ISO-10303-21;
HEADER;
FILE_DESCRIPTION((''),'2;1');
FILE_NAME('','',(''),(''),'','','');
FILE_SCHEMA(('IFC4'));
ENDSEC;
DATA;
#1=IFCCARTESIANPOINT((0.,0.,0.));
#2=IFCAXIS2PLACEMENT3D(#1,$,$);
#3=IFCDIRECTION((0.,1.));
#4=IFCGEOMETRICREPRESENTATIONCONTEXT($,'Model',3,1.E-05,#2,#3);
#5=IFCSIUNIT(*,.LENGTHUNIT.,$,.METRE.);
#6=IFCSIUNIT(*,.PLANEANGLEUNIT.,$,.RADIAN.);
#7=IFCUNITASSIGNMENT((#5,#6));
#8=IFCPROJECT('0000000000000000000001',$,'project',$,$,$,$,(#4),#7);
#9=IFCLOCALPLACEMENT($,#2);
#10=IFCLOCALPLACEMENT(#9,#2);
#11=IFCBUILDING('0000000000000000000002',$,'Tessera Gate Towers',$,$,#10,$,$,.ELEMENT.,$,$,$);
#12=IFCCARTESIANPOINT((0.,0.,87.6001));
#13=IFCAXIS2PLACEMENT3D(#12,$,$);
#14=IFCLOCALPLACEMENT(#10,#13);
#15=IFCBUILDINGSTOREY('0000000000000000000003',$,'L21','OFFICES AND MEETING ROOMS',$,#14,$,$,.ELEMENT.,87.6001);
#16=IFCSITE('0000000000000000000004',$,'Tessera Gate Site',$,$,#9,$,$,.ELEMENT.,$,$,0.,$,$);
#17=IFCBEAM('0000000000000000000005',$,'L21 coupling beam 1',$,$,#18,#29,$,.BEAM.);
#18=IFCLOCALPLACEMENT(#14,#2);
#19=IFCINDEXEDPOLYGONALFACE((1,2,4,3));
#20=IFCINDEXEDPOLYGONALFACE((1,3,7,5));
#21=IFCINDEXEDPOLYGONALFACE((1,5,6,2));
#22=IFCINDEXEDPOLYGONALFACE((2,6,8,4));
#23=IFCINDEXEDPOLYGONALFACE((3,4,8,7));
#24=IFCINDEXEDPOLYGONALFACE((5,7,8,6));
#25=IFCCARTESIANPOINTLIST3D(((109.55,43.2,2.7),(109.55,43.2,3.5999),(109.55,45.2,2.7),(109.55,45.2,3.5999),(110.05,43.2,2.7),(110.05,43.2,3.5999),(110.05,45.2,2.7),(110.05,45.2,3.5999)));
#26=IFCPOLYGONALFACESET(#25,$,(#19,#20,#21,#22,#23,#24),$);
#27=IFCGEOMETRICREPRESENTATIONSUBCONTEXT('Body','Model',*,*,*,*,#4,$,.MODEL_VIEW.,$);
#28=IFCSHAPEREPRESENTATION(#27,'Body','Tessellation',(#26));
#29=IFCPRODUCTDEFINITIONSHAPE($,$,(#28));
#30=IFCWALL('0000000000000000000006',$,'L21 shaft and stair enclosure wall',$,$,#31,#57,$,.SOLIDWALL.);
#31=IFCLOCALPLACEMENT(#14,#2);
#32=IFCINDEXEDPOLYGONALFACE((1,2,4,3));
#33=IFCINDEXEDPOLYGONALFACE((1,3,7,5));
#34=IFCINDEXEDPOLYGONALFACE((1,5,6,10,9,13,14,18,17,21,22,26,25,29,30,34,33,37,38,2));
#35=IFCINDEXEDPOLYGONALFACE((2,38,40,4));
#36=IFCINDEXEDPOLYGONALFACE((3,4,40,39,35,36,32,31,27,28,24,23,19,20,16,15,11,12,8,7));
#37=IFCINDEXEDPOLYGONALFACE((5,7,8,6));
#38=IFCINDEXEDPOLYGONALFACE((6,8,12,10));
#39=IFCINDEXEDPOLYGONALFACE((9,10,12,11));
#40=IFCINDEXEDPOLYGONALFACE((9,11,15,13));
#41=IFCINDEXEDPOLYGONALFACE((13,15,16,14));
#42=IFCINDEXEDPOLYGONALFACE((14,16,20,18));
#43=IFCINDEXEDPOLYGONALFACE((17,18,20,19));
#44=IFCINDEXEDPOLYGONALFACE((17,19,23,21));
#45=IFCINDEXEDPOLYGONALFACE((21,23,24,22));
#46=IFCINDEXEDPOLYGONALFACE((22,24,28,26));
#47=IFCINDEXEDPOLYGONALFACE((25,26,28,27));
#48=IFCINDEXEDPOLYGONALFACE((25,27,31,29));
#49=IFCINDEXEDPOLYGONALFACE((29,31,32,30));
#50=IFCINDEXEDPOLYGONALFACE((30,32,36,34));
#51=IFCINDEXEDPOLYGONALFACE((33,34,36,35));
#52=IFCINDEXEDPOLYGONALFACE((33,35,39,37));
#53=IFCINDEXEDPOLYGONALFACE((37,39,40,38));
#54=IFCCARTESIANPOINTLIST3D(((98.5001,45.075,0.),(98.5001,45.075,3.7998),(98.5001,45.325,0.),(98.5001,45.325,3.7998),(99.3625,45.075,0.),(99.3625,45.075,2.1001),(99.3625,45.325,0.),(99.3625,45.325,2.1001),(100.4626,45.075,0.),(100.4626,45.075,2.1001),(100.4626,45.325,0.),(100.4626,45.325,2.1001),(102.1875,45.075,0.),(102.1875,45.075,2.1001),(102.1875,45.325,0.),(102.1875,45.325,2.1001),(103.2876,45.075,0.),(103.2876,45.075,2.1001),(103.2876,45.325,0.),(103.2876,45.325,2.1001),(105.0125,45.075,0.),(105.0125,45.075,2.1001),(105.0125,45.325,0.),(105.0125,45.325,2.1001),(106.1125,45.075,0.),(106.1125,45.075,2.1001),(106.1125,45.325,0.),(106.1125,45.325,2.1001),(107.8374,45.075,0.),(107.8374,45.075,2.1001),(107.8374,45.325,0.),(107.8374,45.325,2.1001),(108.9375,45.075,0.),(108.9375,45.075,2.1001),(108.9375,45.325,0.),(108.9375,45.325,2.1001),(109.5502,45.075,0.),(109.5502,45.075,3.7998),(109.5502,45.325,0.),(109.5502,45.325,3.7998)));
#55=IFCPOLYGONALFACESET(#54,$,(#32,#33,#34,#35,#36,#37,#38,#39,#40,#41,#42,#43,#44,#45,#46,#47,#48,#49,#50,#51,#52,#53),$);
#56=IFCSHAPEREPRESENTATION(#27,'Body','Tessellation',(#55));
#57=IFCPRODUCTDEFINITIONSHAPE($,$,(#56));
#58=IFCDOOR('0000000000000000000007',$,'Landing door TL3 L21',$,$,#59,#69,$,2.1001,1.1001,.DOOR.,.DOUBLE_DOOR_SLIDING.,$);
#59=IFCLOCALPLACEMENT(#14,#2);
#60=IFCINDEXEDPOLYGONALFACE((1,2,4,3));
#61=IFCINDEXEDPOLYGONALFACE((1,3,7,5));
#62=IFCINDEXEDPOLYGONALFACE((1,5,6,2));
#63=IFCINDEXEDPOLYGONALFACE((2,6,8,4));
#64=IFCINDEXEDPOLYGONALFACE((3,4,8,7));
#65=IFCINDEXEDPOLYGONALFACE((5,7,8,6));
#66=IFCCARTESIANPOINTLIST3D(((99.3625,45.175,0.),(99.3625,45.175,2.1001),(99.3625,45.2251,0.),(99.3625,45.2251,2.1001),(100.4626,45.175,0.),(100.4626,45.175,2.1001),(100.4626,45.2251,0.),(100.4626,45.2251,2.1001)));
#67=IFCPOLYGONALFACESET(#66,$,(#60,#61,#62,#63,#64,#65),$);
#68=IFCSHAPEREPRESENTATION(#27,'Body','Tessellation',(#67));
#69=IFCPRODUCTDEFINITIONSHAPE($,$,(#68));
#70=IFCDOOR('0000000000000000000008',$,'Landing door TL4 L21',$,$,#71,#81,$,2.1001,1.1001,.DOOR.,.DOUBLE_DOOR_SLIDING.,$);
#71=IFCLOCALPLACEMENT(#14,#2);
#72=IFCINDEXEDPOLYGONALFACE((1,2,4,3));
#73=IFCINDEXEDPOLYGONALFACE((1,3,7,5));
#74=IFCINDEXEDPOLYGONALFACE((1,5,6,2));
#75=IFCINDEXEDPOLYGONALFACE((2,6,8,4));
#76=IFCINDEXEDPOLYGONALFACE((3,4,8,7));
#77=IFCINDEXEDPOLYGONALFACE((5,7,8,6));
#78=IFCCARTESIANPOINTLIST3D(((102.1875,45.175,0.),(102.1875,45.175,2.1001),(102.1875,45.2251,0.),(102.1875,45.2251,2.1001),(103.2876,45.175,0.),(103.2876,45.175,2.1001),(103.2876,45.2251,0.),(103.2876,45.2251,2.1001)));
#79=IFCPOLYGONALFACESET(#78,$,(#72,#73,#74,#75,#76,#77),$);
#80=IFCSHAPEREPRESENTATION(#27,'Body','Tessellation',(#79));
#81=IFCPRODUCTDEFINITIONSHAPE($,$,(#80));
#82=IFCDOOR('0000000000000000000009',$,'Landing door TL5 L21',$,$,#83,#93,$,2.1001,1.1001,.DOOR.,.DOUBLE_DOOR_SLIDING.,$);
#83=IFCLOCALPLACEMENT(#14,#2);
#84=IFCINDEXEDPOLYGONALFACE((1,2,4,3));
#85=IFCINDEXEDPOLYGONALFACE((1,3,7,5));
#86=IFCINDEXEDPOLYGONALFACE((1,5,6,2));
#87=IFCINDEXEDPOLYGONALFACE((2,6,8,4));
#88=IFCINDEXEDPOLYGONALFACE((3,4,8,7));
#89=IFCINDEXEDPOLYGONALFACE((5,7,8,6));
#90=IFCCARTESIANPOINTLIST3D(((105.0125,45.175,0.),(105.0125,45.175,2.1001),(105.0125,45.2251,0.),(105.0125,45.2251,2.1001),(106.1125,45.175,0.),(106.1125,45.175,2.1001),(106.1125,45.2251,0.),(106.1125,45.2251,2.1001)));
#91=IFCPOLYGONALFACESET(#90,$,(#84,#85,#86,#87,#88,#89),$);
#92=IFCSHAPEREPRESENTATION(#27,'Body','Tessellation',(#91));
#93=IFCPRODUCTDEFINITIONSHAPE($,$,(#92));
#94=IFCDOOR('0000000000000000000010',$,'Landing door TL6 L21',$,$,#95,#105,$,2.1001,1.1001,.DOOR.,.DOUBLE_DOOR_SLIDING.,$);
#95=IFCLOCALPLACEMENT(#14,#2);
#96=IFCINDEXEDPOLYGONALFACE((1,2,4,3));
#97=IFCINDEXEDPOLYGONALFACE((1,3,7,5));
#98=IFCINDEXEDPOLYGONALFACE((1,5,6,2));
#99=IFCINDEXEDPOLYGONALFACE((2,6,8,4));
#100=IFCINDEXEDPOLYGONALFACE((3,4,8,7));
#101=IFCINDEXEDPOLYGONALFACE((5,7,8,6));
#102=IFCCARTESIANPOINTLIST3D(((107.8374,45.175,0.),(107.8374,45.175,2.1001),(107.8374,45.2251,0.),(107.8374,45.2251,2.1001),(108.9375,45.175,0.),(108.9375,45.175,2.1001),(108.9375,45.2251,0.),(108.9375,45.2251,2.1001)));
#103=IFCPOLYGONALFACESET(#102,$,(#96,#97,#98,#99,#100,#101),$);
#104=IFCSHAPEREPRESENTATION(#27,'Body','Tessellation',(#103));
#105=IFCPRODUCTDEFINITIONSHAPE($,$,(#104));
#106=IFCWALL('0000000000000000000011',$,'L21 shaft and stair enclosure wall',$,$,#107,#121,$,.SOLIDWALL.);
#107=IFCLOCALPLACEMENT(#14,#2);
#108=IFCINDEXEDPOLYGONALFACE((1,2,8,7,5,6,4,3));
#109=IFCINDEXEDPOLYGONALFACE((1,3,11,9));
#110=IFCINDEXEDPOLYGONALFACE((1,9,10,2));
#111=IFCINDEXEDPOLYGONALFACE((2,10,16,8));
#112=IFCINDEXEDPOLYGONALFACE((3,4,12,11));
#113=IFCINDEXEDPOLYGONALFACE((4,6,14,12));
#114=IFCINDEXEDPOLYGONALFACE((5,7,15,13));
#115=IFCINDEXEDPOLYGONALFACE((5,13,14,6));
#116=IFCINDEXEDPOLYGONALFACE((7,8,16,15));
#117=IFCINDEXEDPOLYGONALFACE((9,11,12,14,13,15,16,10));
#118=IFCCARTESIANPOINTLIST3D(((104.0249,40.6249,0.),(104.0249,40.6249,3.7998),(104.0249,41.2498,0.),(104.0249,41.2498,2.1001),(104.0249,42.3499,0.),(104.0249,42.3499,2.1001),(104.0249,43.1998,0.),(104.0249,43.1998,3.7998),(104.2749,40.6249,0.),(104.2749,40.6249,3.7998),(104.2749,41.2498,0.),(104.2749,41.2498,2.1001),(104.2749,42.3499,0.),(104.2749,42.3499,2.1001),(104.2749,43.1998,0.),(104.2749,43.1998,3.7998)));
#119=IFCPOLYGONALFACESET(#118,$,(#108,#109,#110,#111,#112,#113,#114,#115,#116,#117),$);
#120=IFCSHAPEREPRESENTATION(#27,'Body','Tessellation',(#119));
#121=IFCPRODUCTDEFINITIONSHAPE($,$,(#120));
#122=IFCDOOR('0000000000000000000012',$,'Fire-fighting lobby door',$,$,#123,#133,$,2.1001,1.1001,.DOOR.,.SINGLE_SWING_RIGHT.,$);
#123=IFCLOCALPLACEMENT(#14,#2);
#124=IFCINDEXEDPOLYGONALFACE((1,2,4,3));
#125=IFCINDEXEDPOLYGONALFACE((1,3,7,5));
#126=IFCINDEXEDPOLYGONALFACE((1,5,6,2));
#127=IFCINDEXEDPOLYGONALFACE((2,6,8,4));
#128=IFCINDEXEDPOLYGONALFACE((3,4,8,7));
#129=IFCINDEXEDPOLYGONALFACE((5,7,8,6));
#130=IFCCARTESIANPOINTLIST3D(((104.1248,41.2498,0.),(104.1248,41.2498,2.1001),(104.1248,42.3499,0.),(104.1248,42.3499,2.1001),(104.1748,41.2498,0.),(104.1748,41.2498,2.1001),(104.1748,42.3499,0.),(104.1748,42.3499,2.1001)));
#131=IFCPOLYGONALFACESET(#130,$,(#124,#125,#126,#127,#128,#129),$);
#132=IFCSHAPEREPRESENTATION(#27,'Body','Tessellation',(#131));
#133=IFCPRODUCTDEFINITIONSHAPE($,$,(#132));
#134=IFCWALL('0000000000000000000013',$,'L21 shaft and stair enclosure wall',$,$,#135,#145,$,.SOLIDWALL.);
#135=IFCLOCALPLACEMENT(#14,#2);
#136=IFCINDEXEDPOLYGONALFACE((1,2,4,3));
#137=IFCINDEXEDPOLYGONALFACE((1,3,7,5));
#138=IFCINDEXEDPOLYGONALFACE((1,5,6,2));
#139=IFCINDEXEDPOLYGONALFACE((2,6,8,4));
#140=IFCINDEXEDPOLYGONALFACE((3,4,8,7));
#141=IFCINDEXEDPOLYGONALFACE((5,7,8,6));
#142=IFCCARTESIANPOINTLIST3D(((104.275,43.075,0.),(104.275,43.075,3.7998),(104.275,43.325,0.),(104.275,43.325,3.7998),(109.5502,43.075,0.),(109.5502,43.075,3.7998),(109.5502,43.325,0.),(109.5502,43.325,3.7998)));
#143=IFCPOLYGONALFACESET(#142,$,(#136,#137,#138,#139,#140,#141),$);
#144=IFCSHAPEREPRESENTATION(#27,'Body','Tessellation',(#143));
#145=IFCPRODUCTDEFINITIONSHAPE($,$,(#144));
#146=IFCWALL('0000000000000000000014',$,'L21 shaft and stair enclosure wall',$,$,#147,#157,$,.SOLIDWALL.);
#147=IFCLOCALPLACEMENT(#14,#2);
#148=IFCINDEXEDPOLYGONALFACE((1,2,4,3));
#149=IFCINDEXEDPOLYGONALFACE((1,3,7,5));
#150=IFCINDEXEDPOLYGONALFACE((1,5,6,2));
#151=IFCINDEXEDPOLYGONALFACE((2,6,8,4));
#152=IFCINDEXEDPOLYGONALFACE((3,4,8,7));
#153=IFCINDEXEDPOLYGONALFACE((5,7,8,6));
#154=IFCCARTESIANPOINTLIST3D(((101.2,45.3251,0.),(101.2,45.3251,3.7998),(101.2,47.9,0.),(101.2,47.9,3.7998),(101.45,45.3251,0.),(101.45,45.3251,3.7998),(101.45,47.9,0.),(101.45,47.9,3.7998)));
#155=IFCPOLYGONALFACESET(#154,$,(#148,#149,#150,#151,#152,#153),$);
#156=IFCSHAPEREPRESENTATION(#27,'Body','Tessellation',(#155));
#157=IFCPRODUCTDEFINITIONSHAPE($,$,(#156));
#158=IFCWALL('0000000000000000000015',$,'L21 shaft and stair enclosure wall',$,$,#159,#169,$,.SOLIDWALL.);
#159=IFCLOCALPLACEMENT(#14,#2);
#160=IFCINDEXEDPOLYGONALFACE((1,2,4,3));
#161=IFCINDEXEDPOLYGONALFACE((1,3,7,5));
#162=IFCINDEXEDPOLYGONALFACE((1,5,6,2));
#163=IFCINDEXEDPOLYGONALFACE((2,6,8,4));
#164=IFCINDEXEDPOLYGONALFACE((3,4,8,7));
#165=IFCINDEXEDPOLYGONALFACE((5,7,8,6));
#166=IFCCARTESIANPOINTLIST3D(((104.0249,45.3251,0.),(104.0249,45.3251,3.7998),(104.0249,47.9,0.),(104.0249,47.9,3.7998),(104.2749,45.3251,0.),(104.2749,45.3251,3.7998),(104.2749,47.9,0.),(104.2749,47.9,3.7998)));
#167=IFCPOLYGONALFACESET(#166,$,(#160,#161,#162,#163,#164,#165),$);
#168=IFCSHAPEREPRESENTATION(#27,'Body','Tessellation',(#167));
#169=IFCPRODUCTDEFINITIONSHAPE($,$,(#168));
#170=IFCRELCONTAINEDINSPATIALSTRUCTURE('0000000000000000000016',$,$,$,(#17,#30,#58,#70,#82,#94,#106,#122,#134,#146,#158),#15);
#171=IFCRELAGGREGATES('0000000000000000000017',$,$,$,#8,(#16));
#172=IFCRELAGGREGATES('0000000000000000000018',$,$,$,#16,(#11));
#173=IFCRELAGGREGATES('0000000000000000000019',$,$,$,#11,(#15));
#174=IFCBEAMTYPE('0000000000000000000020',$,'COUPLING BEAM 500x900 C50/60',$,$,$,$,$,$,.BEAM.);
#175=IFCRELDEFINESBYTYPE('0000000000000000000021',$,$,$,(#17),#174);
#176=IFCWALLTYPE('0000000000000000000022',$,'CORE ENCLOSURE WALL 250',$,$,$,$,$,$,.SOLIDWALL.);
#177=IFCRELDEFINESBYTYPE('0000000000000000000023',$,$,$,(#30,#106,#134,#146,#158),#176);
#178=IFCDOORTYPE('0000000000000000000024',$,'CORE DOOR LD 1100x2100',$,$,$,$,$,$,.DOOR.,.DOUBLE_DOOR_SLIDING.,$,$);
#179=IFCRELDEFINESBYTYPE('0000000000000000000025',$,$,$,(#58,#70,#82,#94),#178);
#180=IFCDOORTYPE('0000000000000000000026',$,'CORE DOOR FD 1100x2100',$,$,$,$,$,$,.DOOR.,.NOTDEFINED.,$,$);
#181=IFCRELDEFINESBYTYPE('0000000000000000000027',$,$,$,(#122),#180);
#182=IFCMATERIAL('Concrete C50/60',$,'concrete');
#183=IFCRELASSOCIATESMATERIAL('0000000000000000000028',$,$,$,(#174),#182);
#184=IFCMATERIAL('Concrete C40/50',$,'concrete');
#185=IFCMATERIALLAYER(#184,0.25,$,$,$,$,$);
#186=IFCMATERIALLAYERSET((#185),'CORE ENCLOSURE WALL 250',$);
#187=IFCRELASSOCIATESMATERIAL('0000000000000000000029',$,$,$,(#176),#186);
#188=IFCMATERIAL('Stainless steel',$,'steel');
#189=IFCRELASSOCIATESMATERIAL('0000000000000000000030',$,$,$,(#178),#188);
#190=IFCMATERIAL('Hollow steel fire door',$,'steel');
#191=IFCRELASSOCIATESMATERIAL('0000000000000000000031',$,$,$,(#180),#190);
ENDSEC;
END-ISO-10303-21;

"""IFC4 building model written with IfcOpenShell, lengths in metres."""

from ifc_helpers import new_model, si_unit, direction, frame, frame_2d, origin, origin_2d, place, context, subcontext, project, spatial, rectangle, extrude, source, transform, mapped, material, layer, layer_set, material_profile, profile_set, type_object, element, fill, save


model = new_model("IFC4")

# Units and contexts
model_context = context("Model", 3, precision=1e-05, world=origin(), true_north=direction((0.0, 1.0)))
body_context = subcontext(model_context, "Body", "Model", "MODEL_VIEW")
ifc_project = project(units=[si_unit("LENGTHUNIT", "METRE"), si_unit("PLANEANGLEUNIT", "RADIAN")], contexts=[model_context])

# Site, building, storey
site_placement = place(None, origin())
site = spatial("IfcSite", under=ifc_project, at=site_placement, Name="Tessera Gate Site", CompositionType="ELEMENT", RefElevation=0.0)
building_placement = place(site_placement, origin())
building = spatial("IfcBuilding", under=site, at=building_placement, Name="Tessera Gate Towers", CompositionType="ELEMENT")
storey_placement = place(building_placement, frame((0.0, 0.0, 87.6001)))
storey = spatial("IfcBuildingStorey", under=building, at=storey_placement, Name="L21", Description="OFFICES AND MEETING ROOMS", CompositionType="ELEMENT", Elevation=87.6001)

# Beam
ifc_material_1 = material(Name="Concrete C50/60", Category="concrete")
ifc_material_profile = material_profile(ifc_material_1, rectangle(XDim=0.5, YDim=0.8999, at=origin_2d()), Name="RC 500x900")
ifc_profile_set = profile_set([ifc_material_profile], Name="Concrete C50/60")
beam_type = type_object("IfcBeamType", Name="COUPLING BEAM 500x900 C50/60", PredefinedType="BEAM", material=ifc_profile_set)
beam_placement = place(storey_placement, frame((109.8, 43.2, 3.1499), z_axis=(0.0, 1.0, 0.0), x_axis=(-1.0, 0.0, 0.0)))
element("IfcBeam", 1, at=beam_placement, inside=storey, type_object=beam_type, Name="L21 coupling beam 1", PredefinedType="BEAM", context=body_context, shape_type="SweptSolid", body=[
    extrude(rectangle(XDim=0.5, YDim=0.8999, at=origin_2d()), origin(), (0.0, 0.0, 1.0), 2.0),
])

# Wall, openings, doors
ifc_material_2 = material(Name="Concrete C40/50", Category="concrete")
ifc_layer_1 = layer(ifc_material_2, 0.25)
ifc_layer_set_1 = layer_set([ifc_layer_1], Name="CORE ENCLOSURE WALL 250")
wall_type_1 = type_object("IfcWallType", Name="CORE ENCLOSURE WALL 250", PredefinedType="SOLIDWALL", material=ifc_layer_set_1)
wall_1_placement = place(storey_placement, frame((109.55, 45.2, 0.0), z_axis=(0.0, 0.0, 1.0), x_axis=(-1.0, 0.0, 0.0)))
wall_1 = element("IfcWall", 2, at=wall_1_placement, inside=storey, type_object=wall_type_1, Name="L21 shaft and stair enclosure wall", PredefinedType="SOLIDWALL", context=body_context, shape_type="SweptSolid", body=[
    extrude(rectangle(XDim=11.05, YDim=0.25, at=frame_2d((5.5249, 0.0))), origin(), (0.0, 0.0, 1.0), 3.7998),
])
shared_shape_1 = source(origin(), body_context, "Body", "SweptSolid", [
    extrude(rectangle(XDim=1.1001, YDim=2.1001, at=frame_2d((0.55, 1.05))), frame((0.0, 0.135, 0.0), z_axis=(0.0, -1.0, 0.0), x_axis=(1.0, 0.0, 0.0)), (0.0, 0.0, 1.0), 0.27),
])
opening_1_placement = place(wall_1_placement, frame((9.0874, 0.0, 0.0)))
opening_1 = element("IfcOpeningElement", 3, at=opening_1_placement, cuts=wall_1, PredefinedType="OPENING", context=body_context, shape_type="MappedRepresentation", body=[
    mapped(shared_shape_1, transform((0.0, 0.0, 0.0), scale=1.0)),
])
opening_2_placement = place(wall_1_placement, frame((6.2625, 0.0, 0.0)))
opening_2 = element("IfcOpeningElement", 4, at=opening_2_placement, cuts=wall_1, PredefinedType="OPENING", context=body_context, shape_type="MappedRepresentation", body=[
    mapped(shared_shape_1, transform((0.0, 0.0, 0.0), scale=1.0)),
])
opening_3_placement = place(wall_1_placement, frame((3.4375, 0.0, 0.0)))
opening_3 = element("IfcOpeningElement", 5, at=opening_3_placement, cuts=wall_1, PredefinedType="OPENING", context=body_context, shape_type="MappedRepresentation", body=[
    mapped(shared_shape_1, transform((0.0, 0.0, 0.0), scale=1.0)),
])
opening_4_placement = place(wall_1_placement, frame((0.6125, 0.0, 0.0)))
opening_4 = element("IfcOpeningElement", 6, at=opening_4_placement, cuts=wall_1, PredefinedType="OPENING", context=body_context, shape_type="MappedRepresentation", body=[
    mapped(shared_shape_1, transform((0.0, 0.0, 0.0), scale=1.0)),
])
ifc_material_3 = material(Name="Stainless steel", Category="steel")
door_type_1 = type_object("IfcDoorType", Name="CORE DOOR LD 1100x2100", OperationType="DOUBLE_DOOR_SLIDING", PredefinedType="DOOR", material=ifc_material_3)
shared_shape_2 = source(origin(), body_context, "Body", "SweptSolid", [
    extrude(rectangle(XDim=1.1001, YDim=2.1001, at=frame_2d((0.55, 1.05))), frame((0.0, 0.0249, 0.0), z_axis=(0.0, -1.0, 0.0), x_axis=(1.0, 0.0, 0.0)), (0.0, 0.0, 1.0), 0.05),
])
door_1_placement = place(opening_1_placement, origin())
door_1 = element("IfcDoor", 7, at=door_1_placement, inside=storey, type_object=door_type_1, Name="Landing door TL3 L21", OperationType="DOUBLE_DOOR_SLIDING", OverallHeight=2.1001, OverallWidth=1.1001, PredefinedType="DOOR", context=body_context, shape_type="MappedRepresentation", body=[
    mapped(shared_shape_2, transform((0.0, 0.0, 0.0), scale=1.0)),
])
fill(opening_1, door_1)
door_2_placement = place(opening_2_placement, origin())
door_2 = element("IfcDoor", 8, at=door_2_placement, inside=storey, type_object=door_type_1, Name="Landing door TL4 L21", OperationType="DOUBLE_DOOR_SLIDING", OverallHeight=2.1001, OverallWidth=1.1001, PredefinedType="DOOR", context=body_context, shape_type="MappedRepresentation", body=[
    mapped(shared_shape_2, transform((0.0, 0.0, 0.0), scale=1.0)),
])
fill(opening_2, door_2)
door_3_placement = place(opening_3_placement, origin())
door_3 = element("IfcDoor", 9, at=door_3_placement, inside=storey, type_object=door_type_1, Name="Landing door TL5 L21", OperationType="DOUBLE_DOOR_SLIDING", OverallHeight=2.1001, OverallWidth=1.1001, PredefinedType="DOOR", context=body_context, shape_type="MappedRepresentation", body=[
    mapped(shared_shape_2, transform((0.0, 0.0, 0.0), scale=1.0)),
])
fill(opening_3, door_3)
door_4_placement = place(opening_4_placement, origin())
door_4 = element("IfcDoor", 10, at=door_4_placement, inside=storey, type_object=door_type_1, Name="Landing door TL6 L21", OperationType="DOUBLE_DOOR_SLIDING", OverallHeight=2.1001, OverallWidth=1.1001, PredefinedType="DOOR", context=body_context, shape_type="MappedRepresentation", body=[
    mapped(shared_shape_2, transform((0.0, 0.0, 0.0), scale=1.0)),
])
fill(opening_4, door_4)

# Wall, opening, door
wall_2_placement = place(storey_placement, frame((104.1499, 43.2, 0.0), z_axis=(0.0, 0.0, 1.0), x_axis=(0.0, -1.0, 0.0)))
wall_2 = element("IfcWall", 11, at=wall_2_placement, inside=storey, type_object=wall_type_1, Name="L21 shaft and stair enclosure wall", PredefinedType="SOLIDWALL", context=body_context, shape_type="SweptSolid", body=[
    extrude(rectangle(XDim=2.575, YDim=0.25, at=frame_2d((1.2876, 0.0))), origin(), (0.0, 0.0, 1.0), 3.7998),
])
opening_5_placement = place(wall_2_placement, frame((0.8501, 0.0, 0.0)))
opening_5 = element("IfcOpeningElement", 12, at=opening_5_placement, cuts=wall_2, PredefinedType="OPENING", context=body_context, shape_type="MappedRepresentation", body=[
    mapped(shared_shape_1, transform((0.0, 0.0, 0.0), scale=1.0)),
])
ifc_material_4 = material(Name="Hollow steel fire door", Category="steel")
door_type_2 = type_object("IfcDoorType", Name="CORE DOOR FD 1100x2100", OperationType="NOTDEFINED", PredefinedType="DOOR", material=ifc_material_4)
door_5_placement = place(opening_5_placement, origin())
door_5 = element("IfcDoor", 13, at=door_5_placement, inside=storey, type_object=door_type_2, Name="Fire-fighting lobby door", OperationType="SINGLE_SWING_RIGHT", OverallHeight=2.1001, OverallWidth=1.1001, PredefinedType="DOOR", context=body_context, shape_type="MappedRepresentation", body=[
    mapped(shared_shape_2, transform((0.0, 0.0, 0.0), scale=1.0)),
])
fill(opening_5, door_5)

# Walls
wall_3_placement = place(storey_placement, frame((104.2749, 43.2, 0.0), z_axis=(0.0, 0.0, 1.0), x_axis=(1.0, 0.0, 0.0)))
element("IfcWall", 14, at=wall_3_placement, inside=storey, type_object=wall_type_1, Name="L21 shaft and stair enclosure wall", PredefinedType="SOLIDWALL", context=body_context, shape_type="SweptSolid", body=[
    extrude(rectangle(XDim=5.2751, YDim=0.25, at=frame_2d((2.6377, 0.0))), origin(), (0.0, 0.0, 1.0), 3.7998),
])
for number, where, z_axis, x_axis, name in (
    (15, (101.325, 45.325, 0.0), (0.0, 0.0, 1.0), (0.0, 1.0, 0.0), "L21 shaft and stair enclosure wall"),
    (16, (104.1499, 45.325, 0.0), (0.0, 0.0, 1.0), (0.0, 1.0, 0.0), "L21 shaft and stair enclosure wall"),
):
    element("IfcWall", number, at=place(storey_placement, frame(where, z_axis=z_axis, x_axis=x_axis)), inside=storey, type_object=wall_type_1, Name=name, PredefinedType="SOLIDWALL", context=body_context, shape_type="SweptSolid", body=[
        extrude(rectangle(XDim=2.575, YDim=0.25, at=frame_2d((1.2876, 0.0))), origin(), (0.0, 0.0, 1.0), 3.7998),
    ])

save(model, "model.ifc")
